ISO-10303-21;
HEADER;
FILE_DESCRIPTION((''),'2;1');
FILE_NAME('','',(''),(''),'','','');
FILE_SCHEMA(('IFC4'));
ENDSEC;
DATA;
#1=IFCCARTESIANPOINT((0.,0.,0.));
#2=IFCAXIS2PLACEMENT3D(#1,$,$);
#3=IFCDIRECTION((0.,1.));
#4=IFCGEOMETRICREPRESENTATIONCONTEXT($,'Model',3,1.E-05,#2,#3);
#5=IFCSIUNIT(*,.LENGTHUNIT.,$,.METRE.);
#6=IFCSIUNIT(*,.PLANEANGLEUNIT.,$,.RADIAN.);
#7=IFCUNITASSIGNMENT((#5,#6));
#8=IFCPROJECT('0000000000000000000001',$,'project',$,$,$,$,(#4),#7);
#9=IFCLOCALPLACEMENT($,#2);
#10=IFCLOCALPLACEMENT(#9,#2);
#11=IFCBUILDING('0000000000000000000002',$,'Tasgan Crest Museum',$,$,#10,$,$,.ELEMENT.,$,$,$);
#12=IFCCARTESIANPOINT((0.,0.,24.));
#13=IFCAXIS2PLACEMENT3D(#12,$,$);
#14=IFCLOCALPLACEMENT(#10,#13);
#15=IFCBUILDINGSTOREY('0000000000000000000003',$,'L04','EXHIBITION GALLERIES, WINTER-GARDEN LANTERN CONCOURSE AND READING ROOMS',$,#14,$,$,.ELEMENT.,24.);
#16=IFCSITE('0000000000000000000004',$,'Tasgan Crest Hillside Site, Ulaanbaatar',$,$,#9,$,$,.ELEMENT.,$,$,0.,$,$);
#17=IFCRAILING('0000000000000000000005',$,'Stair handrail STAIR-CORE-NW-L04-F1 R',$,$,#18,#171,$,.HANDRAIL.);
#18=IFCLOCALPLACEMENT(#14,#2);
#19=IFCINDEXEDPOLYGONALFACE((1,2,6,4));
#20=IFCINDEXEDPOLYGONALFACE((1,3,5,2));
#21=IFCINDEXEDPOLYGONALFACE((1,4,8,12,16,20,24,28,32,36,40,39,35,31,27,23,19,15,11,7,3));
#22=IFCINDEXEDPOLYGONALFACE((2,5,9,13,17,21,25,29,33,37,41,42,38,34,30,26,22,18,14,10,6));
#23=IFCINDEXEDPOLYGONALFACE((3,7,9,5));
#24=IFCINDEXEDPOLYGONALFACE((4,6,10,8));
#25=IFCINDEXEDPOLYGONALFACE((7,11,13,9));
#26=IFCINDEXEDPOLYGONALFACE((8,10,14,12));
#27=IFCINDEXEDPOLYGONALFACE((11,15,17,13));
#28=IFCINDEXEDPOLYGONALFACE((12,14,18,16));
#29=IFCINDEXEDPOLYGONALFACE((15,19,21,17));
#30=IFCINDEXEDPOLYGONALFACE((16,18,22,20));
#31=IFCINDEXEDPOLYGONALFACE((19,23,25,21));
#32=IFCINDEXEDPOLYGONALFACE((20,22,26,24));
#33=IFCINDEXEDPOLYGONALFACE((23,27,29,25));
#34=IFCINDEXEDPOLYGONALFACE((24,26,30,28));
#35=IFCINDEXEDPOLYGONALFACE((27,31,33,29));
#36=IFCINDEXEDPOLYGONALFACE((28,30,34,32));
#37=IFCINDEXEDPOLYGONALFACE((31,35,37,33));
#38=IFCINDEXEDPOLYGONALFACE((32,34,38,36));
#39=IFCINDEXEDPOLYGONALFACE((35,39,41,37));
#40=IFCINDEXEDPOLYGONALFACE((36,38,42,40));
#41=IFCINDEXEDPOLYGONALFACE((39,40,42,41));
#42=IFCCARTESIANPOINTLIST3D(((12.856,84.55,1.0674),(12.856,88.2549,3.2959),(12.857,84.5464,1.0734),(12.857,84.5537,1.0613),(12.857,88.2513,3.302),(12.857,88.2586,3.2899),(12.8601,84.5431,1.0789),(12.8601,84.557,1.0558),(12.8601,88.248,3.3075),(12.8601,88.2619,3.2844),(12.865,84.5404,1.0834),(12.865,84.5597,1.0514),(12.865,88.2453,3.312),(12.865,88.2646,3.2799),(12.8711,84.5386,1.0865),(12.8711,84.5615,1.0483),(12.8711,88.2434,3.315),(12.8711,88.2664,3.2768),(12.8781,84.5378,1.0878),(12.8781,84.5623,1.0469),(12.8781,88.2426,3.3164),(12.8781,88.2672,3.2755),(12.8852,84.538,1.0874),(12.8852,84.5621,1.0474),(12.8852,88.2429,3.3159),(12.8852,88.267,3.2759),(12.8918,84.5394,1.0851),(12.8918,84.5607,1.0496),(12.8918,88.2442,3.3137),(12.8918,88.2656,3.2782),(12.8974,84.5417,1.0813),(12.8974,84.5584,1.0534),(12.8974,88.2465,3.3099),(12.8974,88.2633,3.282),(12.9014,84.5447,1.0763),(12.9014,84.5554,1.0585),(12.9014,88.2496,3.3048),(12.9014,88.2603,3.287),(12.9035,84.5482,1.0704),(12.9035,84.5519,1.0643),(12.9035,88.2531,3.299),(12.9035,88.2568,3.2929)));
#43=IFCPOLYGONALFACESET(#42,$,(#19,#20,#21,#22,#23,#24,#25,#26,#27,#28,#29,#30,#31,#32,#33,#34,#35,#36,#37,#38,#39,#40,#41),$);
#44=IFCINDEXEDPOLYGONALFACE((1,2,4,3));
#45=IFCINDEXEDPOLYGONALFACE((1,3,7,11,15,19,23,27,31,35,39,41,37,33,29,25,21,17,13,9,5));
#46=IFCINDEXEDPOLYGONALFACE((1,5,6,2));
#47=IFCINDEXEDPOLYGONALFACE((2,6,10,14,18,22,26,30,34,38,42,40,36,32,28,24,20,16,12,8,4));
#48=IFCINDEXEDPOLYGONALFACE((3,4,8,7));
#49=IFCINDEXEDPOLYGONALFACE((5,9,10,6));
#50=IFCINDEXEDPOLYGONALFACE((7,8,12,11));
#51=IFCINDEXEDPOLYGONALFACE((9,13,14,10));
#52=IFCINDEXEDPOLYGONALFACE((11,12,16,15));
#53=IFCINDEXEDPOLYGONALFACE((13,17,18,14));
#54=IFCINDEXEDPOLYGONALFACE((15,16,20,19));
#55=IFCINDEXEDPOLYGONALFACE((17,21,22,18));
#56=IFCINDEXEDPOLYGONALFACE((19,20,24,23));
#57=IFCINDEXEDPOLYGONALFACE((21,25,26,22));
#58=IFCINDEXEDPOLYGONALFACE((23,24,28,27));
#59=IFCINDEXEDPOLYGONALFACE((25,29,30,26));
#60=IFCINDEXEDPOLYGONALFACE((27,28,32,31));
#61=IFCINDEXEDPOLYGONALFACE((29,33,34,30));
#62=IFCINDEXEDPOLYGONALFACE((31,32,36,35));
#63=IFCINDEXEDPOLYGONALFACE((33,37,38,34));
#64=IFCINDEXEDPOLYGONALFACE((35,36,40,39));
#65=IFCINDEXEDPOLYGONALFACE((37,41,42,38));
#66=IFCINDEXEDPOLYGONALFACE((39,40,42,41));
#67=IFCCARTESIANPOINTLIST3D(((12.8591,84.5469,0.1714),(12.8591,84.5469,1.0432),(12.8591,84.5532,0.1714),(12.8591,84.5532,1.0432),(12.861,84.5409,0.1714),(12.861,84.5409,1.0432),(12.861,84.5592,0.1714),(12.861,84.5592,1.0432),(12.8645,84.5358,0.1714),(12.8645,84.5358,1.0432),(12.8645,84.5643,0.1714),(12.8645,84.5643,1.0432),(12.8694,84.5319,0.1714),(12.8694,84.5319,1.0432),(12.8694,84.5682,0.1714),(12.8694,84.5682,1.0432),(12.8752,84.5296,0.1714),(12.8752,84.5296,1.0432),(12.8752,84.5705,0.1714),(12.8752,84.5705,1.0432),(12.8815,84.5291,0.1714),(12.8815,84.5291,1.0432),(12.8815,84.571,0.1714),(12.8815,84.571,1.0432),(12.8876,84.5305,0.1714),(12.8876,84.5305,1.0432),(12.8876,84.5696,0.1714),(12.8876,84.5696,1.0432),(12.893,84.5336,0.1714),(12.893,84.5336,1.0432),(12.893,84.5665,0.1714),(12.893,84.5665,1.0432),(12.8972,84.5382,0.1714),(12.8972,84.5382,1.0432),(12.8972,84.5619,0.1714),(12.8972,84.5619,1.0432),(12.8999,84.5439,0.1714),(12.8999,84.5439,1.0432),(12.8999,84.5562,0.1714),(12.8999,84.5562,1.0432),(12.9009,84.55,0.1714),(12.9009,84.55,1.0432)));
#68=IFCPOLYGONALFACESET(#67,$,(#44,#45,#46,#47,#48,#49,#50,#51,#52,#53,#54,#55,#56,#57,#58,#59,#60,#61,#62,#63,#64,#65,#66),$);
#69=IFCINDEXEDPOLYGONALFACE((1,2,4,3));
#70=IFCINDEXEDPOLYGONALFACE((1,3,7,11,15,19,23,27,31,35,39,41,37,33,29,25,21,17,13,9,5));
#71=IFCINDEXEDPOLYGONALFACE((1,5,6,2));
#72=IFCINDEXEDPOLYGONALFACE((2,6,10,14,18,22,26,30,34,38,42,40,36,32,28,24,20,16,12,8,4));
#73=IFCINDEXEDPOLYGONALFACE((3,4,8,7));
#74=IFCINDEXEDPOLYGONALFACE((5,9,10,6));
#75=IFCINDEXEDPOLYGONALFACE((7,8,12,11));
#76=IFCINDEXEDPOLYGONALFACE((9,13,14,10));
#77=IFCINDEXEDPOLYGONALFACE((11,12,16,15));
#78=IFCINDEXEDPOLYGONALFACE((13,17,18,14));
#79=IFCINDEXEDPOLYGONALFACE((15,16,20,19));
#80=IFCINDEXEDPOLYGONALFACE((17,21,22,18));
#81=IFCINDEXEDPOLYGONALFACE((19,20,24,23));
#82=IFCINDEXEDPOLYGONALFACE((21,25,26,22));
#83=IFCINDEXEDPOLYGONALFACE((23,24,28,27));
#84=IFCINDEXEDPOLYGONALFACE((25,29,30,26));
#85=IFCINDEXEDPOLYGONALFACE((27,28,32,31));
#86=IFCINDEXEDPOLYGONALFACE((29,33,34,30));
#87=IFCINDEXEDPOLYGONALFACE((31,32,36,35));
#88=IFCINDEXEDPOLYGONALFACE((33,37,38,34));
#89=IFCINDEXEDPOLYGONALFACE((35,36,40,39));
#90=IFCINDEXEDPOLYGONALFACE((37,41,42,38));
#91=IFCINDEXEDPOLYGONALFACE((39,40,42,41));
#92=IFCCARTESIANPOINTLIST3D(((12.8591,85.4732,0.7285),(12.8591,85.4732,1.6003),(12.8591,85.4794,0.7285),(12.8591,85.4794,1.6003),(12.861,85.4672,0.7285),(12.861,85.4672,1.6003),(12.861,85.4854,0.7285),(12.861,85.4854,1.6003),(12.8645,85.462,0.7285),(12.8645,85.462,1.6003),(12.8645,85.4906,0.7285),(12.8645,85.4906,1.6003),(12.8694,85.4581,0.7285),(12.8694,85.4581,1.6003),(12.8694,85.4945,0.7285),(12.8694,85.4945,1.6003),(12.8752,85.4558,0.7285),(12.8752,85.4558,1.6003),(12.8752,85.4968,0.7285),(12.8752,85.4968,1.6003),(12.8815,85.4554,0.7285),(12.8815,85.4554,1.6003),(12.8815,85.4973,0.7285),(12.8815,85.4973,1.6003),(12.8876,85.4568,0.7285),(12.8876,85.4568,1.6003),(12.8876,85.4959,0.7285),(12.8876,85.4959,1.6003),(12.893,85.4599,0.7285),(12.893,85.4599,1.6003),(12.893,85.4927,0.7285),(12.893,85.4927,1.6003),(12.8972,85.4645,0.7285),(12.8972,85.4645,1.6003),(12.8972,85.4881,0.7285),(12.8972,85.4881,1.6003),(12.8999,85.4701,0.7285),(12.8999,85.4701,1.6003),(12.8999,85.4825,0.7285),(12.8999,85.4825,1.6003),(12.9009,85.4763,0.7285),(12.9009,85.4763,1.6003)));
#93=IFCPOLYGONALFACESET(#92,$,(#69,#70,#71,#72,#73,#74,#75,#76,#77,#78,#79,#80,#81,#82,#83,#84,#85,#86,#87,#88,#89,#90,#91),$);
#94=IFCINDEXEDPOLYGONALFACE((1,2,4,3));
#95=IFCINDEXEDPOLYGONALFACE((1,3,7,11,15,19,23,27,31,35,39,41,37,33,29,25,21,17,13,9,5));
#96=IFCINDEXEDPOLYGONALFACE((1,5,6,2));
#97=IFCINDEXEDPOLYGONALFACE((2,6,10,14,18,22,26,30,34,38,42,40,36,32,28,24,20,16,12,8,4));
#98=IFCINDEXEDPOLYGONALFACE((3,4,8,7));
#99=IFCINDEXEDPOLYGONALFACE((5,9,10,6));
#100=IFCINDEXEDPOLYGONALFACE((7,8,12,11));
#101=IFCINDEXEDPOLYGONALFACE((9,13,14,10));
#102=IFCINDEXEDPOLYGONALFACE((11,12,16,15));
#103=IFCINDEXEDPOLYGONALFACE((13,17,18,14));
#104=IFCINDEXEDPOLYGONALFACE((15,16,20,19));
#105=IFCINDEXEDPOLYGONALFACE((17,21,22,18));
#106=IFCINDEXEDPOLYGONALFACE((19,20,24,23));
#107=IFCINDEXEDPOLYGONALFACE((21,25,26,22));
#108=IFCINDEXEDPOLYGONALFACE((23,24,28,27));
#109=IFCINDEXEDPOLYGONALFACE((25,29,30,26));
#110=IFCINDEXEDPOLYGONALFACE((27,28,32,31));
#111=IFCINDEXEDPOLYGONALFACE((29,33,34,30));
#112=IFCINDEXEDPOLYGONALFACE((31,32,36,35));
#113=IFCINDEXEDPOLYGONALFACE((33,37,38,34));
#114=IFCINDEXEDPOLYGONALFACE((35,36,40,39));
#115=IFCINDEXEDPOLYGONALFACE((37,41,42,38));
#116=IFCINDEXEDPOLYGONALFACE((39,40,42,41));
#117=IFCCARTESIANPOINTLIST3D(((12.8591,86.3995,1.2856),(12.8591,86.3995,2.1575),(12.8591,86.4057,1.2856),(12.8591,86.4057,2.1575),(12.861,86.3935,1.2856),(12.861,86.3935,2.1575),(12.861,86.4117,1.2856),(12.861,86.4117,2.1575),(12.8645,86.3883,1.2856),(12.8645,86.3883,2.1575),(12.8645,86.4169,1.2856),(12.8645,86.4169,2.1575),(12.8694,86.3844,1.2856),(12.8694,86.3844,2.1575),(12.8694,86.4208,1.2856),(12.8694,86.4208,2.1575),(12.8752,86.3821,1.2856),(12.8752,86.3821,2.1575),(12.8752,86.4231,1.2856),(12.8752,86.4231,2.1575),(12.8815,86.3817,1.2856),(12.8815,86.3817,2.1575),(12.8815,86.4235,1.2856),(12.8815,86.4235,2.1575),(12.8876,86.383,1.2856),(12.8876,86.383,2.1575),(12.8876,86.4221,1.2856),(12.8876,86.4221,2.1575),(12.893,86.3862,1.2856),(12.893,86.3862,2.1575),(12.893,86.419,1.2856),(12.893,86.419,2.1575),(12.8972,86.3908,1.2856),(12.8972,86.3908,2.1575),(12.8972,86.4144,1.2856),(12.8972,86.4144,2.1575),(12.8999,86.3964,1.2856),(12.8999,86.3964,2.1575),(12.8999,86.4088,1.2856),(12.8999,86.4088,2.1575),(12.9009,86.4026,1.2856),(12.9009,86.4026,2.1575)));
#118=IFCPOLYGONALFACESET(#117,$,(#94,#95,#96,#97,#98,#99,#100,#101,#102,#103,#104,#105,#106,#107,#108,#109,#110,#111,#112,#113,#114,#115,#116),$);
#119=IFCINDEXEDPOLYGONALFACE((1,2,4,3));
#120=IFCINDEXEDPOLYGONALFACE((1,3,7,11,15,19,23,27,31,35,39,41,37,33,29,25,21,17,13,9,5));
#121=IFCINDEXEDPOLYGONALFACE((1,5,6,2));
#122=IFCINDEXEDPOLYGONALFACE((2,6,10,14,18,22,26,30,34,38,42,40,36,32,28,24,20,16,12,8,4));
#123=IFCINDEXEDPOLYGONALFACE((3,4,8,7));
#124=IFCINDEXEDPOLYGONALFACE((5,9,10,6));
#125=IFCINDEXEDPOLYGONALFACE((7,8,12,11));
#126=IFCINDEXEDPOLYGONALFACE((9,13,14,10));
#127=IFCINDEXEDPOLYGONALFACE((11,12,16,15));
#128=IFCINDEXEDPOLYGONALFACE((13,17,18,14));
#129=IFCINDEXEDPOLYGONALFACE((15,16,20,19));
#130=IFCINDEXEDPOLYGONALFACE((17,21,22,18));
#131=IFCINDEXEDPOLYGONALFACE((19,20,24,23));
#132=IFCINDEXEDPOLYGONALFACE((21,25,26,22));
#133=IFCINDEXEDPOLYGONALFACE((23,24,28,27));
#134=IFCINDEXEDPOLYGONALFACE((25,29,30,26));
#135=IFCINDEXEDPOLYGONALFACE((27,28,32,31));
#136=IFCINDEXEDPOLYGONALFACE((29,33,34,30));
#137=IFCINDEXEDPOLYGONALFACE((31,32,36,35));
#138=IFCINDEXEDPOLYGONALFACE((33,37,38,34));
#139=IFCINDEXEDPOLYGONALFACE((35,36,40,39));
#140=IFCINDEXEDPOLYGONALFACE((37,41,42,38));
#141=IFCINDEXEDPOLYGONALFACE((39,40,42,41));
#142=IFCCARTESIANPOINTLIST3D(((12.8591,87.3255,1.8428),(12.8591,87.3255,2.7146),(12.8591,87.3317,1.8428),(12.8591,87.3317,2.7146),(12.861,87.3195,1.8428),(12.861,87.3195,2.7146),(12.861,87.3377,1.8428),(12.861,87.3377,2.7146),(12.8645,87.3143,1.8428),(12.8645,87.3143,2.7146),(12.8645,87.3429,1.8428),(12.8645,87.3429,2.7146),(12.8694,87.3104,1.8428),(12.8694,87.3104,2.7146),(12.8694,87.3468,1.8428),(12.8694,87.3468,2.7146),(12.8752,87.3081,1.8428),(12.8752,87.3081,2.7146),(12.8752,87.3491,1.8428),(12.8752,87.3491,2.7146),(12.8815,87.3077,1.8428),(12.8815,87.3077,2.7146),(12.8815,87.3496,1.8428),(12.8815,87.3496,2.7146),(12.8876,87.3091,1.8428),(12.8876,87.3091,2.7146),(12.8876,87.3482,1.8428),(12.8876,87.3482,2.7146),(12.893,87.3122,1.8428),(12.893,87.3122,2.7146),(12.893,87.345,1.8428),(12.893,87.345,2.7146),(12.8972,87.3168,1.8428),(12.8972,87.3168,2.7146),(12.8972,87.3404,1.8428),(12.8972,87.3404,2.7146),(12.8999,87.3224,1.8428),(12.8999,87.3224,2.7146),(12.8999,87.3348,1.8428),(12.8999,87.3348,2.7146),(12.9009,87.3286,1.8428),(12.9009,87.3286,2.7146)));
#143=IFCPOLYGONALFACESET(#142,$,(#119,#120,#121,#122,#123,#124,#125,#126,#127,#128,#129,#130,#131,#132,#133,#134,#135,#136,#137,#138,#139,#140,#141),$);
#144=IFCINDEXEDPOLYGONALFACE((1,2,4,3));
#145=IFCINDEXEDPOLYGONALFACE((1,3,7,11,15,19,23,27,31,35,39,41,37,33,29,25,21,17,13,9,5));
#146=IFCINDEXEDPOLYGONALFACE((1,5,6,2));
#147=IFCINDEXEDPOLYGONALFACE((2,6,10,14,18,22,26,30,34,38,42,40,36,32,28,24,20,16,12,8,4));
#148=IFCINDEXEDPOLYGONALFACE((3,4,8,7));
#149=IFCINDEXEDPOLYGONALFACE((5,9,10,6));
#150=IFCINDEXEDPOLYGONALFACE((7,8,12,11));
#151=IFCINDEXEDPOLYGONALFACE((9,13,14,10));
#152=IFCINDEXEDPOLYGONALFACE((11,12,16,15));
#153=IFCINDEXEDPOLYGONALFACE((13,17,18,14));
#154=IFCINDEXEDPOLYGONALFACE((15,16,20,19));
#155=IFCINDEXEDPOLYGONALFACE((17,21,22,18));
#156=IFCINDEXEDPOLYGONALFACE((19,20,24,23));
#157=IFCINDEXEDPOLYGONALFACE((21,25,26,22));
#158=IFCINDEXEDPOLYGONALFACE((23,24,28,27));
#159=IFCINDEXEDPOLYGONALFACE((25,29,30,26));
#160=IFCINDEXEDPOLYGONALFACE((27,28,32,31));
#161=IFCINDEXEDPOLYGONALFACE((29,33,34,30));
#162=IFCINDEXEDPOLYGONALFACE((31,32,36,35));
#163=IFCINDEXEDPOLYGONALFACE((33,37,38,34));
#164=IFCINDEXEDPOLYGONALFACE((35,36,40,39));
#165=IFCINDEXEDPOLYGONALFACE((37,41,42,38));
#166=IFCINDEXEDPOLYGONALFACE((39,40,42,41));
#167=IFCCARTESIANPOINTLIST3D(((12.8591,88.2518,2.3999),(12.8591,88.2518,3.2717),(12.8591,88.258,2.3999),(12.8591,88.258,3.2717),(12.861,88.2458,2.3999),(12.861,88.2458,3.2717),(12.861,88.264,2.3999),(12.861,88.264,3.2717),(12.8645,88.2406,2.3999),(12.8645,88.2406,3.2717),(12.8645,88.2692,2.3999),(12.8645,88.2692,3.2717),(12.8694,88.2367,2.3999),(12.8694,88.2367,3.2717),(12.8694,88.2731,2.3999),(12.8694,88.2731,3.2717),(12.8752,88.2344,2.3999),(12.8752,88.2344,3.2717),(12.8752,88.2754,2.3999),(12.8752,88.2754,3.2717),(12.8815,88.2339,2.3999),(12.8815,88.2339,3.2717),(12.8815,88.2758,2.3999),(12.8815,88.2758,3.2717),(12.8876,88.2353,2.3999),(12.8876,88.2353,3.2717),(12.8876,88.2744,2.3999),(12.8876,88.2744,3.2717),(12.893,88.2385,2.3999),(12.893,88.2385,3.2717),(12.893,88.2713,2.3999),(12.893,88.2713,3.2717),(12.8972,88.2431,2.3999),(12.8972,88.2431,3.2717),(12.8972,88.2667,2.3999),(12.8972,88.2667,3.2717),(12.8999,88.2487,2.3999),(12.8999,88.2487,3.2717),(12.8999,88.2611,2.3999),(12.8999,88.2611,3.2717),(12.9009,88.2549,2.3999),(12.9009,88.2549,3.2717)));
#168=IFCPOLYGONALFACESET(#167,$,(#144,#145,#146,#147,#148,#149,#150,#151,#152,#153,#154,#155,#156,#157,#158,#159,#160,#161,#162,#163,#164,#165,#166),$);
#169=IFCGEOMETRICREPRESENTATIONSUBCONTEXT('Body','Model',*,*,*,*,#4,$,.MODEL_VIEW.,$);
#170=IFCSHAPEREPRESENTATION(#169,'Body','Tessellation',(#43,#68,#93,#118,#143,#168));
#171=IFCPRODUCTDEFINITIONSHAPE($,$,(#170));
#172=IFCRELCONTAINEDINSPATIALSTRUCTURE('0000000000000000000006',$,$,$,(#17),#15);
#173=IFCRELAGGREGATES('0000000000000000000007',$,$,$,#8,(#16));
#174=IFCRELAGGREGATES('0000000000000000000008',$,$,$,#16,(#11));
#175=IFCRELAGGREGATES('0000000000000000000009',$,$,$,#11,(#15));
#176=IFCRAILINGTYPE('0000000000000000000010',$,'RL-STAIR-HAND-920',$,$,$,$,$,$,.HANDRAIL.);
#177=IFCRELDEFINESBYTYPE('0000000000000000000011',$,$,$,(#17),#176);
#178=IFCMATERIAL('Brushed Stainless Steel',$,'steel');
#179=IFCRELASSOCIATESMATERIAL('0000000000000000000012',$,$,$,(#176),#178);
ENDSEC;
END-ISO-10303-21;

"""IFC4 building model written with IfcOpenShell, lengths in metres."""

from ifc_helpers import new_model, si_unit, direction, frame, origin, origin_2d, place, context, subcontext, project, spatial, circle, extrude, material, type_object, element, save


model = new_model("IFC4")

# Units and contexts
model_context = context("Model", 3, precision=1e-05, world=origin(), true_north=direction((0.0, 1.0)))
body_context = subcontext(model_context, "Body", "Model", "MODEL_VIEW")
ifc_project = project(units=[si_unit("LENGTHUNIT", "METRE"), si_unit("PLANEANGLEUNIT", "RADIAN")], contexts=[model_context])

# Site, building, storey
site_placement = place(None, origin())
site = spatial("IfcSite", under=ifc_project, at=site_placement, Name="Tasgan Crest Hillside Site, Ulaanbaatar", CompositionType="ELEMENT", RefElevation=0.0)
building_placement = place(site_placement, origin())
building = spatial("IfcBuilding", under=site, at=building_placement, Name="Tasgan Crest Museum", CompositionType="ELEMENT")
storey_placement = place(building_placement, frame((0.0, 0.0, 24.0)))
storey = spatial("IfcBuildingStorey", under=building, at=storey_placement, Name="L04", Description="EXHIBITION GALLERIES, WINTER-GARDEN LANTERN CONCOURSE AND READING ROOMS", CompositionType="ELEMENT", Elevation=24.0)

# Railing
ifc_material_1 = material(Name="Brushed Stainless Steel", Category="steel")
railing_type_1 = type_object("IfcRailingType", Name="RL-STAIR-HAND-920", PredefinedType="HANDRAIL", material=ifc_material_1)
for number, where, name in (
    (1, (12.8799, 84.55, 0.1714), "Stair handrail STAIR-CORE-NW-L04-F1 R"),
):
    element("IfcRailing", number, at=place(storey_placement, frame(where)), inside=storey, type_object=railing_type_1, Name=name, PredefinedType="HANDRAIL", context=body_context, shape_type="SweptSolid", body=[
        extrude(circle(Radius=0.0239, at=origin_2d()), frame((0.0, 0.0, 0.896), z_axis=(0.0, 0.856919, 0.51545), x_axis=(-1.0, 0.0, 0.0)), (0.0, 0.0, 1.0), 4.3235),
        extrude(circle(Radius=0.021, at=origin_2d()), origin(), (0.0, 0.0, 1.0), 0.8718),
        extrude(circle(Radius=0.021, at=origin_2d()), frame((0.0, 0.9263, 0.5571)), (0.0, 0.0, 1.0), 0.8718),
        extrude(circle(Radius=0.021, at=origin_2d()), frame((0.0, 1.8525, 1.1143)), (0.0, 0.0, 1.0), 0.8718),
        extrude(circle(Radius=0.021, at=origin_2d()), frame((0.0, 2.7786, 1.6714)), (0.0, 0.0, 1.0), 0.8718),
        extrude(circle(Radius=0.021, at=origin_2d()), frame((0.0, 3.7048, 2.2285)), (0.0, 0.0, 1.0), 0.8718),
    ])

save(model, "model.ifc")
